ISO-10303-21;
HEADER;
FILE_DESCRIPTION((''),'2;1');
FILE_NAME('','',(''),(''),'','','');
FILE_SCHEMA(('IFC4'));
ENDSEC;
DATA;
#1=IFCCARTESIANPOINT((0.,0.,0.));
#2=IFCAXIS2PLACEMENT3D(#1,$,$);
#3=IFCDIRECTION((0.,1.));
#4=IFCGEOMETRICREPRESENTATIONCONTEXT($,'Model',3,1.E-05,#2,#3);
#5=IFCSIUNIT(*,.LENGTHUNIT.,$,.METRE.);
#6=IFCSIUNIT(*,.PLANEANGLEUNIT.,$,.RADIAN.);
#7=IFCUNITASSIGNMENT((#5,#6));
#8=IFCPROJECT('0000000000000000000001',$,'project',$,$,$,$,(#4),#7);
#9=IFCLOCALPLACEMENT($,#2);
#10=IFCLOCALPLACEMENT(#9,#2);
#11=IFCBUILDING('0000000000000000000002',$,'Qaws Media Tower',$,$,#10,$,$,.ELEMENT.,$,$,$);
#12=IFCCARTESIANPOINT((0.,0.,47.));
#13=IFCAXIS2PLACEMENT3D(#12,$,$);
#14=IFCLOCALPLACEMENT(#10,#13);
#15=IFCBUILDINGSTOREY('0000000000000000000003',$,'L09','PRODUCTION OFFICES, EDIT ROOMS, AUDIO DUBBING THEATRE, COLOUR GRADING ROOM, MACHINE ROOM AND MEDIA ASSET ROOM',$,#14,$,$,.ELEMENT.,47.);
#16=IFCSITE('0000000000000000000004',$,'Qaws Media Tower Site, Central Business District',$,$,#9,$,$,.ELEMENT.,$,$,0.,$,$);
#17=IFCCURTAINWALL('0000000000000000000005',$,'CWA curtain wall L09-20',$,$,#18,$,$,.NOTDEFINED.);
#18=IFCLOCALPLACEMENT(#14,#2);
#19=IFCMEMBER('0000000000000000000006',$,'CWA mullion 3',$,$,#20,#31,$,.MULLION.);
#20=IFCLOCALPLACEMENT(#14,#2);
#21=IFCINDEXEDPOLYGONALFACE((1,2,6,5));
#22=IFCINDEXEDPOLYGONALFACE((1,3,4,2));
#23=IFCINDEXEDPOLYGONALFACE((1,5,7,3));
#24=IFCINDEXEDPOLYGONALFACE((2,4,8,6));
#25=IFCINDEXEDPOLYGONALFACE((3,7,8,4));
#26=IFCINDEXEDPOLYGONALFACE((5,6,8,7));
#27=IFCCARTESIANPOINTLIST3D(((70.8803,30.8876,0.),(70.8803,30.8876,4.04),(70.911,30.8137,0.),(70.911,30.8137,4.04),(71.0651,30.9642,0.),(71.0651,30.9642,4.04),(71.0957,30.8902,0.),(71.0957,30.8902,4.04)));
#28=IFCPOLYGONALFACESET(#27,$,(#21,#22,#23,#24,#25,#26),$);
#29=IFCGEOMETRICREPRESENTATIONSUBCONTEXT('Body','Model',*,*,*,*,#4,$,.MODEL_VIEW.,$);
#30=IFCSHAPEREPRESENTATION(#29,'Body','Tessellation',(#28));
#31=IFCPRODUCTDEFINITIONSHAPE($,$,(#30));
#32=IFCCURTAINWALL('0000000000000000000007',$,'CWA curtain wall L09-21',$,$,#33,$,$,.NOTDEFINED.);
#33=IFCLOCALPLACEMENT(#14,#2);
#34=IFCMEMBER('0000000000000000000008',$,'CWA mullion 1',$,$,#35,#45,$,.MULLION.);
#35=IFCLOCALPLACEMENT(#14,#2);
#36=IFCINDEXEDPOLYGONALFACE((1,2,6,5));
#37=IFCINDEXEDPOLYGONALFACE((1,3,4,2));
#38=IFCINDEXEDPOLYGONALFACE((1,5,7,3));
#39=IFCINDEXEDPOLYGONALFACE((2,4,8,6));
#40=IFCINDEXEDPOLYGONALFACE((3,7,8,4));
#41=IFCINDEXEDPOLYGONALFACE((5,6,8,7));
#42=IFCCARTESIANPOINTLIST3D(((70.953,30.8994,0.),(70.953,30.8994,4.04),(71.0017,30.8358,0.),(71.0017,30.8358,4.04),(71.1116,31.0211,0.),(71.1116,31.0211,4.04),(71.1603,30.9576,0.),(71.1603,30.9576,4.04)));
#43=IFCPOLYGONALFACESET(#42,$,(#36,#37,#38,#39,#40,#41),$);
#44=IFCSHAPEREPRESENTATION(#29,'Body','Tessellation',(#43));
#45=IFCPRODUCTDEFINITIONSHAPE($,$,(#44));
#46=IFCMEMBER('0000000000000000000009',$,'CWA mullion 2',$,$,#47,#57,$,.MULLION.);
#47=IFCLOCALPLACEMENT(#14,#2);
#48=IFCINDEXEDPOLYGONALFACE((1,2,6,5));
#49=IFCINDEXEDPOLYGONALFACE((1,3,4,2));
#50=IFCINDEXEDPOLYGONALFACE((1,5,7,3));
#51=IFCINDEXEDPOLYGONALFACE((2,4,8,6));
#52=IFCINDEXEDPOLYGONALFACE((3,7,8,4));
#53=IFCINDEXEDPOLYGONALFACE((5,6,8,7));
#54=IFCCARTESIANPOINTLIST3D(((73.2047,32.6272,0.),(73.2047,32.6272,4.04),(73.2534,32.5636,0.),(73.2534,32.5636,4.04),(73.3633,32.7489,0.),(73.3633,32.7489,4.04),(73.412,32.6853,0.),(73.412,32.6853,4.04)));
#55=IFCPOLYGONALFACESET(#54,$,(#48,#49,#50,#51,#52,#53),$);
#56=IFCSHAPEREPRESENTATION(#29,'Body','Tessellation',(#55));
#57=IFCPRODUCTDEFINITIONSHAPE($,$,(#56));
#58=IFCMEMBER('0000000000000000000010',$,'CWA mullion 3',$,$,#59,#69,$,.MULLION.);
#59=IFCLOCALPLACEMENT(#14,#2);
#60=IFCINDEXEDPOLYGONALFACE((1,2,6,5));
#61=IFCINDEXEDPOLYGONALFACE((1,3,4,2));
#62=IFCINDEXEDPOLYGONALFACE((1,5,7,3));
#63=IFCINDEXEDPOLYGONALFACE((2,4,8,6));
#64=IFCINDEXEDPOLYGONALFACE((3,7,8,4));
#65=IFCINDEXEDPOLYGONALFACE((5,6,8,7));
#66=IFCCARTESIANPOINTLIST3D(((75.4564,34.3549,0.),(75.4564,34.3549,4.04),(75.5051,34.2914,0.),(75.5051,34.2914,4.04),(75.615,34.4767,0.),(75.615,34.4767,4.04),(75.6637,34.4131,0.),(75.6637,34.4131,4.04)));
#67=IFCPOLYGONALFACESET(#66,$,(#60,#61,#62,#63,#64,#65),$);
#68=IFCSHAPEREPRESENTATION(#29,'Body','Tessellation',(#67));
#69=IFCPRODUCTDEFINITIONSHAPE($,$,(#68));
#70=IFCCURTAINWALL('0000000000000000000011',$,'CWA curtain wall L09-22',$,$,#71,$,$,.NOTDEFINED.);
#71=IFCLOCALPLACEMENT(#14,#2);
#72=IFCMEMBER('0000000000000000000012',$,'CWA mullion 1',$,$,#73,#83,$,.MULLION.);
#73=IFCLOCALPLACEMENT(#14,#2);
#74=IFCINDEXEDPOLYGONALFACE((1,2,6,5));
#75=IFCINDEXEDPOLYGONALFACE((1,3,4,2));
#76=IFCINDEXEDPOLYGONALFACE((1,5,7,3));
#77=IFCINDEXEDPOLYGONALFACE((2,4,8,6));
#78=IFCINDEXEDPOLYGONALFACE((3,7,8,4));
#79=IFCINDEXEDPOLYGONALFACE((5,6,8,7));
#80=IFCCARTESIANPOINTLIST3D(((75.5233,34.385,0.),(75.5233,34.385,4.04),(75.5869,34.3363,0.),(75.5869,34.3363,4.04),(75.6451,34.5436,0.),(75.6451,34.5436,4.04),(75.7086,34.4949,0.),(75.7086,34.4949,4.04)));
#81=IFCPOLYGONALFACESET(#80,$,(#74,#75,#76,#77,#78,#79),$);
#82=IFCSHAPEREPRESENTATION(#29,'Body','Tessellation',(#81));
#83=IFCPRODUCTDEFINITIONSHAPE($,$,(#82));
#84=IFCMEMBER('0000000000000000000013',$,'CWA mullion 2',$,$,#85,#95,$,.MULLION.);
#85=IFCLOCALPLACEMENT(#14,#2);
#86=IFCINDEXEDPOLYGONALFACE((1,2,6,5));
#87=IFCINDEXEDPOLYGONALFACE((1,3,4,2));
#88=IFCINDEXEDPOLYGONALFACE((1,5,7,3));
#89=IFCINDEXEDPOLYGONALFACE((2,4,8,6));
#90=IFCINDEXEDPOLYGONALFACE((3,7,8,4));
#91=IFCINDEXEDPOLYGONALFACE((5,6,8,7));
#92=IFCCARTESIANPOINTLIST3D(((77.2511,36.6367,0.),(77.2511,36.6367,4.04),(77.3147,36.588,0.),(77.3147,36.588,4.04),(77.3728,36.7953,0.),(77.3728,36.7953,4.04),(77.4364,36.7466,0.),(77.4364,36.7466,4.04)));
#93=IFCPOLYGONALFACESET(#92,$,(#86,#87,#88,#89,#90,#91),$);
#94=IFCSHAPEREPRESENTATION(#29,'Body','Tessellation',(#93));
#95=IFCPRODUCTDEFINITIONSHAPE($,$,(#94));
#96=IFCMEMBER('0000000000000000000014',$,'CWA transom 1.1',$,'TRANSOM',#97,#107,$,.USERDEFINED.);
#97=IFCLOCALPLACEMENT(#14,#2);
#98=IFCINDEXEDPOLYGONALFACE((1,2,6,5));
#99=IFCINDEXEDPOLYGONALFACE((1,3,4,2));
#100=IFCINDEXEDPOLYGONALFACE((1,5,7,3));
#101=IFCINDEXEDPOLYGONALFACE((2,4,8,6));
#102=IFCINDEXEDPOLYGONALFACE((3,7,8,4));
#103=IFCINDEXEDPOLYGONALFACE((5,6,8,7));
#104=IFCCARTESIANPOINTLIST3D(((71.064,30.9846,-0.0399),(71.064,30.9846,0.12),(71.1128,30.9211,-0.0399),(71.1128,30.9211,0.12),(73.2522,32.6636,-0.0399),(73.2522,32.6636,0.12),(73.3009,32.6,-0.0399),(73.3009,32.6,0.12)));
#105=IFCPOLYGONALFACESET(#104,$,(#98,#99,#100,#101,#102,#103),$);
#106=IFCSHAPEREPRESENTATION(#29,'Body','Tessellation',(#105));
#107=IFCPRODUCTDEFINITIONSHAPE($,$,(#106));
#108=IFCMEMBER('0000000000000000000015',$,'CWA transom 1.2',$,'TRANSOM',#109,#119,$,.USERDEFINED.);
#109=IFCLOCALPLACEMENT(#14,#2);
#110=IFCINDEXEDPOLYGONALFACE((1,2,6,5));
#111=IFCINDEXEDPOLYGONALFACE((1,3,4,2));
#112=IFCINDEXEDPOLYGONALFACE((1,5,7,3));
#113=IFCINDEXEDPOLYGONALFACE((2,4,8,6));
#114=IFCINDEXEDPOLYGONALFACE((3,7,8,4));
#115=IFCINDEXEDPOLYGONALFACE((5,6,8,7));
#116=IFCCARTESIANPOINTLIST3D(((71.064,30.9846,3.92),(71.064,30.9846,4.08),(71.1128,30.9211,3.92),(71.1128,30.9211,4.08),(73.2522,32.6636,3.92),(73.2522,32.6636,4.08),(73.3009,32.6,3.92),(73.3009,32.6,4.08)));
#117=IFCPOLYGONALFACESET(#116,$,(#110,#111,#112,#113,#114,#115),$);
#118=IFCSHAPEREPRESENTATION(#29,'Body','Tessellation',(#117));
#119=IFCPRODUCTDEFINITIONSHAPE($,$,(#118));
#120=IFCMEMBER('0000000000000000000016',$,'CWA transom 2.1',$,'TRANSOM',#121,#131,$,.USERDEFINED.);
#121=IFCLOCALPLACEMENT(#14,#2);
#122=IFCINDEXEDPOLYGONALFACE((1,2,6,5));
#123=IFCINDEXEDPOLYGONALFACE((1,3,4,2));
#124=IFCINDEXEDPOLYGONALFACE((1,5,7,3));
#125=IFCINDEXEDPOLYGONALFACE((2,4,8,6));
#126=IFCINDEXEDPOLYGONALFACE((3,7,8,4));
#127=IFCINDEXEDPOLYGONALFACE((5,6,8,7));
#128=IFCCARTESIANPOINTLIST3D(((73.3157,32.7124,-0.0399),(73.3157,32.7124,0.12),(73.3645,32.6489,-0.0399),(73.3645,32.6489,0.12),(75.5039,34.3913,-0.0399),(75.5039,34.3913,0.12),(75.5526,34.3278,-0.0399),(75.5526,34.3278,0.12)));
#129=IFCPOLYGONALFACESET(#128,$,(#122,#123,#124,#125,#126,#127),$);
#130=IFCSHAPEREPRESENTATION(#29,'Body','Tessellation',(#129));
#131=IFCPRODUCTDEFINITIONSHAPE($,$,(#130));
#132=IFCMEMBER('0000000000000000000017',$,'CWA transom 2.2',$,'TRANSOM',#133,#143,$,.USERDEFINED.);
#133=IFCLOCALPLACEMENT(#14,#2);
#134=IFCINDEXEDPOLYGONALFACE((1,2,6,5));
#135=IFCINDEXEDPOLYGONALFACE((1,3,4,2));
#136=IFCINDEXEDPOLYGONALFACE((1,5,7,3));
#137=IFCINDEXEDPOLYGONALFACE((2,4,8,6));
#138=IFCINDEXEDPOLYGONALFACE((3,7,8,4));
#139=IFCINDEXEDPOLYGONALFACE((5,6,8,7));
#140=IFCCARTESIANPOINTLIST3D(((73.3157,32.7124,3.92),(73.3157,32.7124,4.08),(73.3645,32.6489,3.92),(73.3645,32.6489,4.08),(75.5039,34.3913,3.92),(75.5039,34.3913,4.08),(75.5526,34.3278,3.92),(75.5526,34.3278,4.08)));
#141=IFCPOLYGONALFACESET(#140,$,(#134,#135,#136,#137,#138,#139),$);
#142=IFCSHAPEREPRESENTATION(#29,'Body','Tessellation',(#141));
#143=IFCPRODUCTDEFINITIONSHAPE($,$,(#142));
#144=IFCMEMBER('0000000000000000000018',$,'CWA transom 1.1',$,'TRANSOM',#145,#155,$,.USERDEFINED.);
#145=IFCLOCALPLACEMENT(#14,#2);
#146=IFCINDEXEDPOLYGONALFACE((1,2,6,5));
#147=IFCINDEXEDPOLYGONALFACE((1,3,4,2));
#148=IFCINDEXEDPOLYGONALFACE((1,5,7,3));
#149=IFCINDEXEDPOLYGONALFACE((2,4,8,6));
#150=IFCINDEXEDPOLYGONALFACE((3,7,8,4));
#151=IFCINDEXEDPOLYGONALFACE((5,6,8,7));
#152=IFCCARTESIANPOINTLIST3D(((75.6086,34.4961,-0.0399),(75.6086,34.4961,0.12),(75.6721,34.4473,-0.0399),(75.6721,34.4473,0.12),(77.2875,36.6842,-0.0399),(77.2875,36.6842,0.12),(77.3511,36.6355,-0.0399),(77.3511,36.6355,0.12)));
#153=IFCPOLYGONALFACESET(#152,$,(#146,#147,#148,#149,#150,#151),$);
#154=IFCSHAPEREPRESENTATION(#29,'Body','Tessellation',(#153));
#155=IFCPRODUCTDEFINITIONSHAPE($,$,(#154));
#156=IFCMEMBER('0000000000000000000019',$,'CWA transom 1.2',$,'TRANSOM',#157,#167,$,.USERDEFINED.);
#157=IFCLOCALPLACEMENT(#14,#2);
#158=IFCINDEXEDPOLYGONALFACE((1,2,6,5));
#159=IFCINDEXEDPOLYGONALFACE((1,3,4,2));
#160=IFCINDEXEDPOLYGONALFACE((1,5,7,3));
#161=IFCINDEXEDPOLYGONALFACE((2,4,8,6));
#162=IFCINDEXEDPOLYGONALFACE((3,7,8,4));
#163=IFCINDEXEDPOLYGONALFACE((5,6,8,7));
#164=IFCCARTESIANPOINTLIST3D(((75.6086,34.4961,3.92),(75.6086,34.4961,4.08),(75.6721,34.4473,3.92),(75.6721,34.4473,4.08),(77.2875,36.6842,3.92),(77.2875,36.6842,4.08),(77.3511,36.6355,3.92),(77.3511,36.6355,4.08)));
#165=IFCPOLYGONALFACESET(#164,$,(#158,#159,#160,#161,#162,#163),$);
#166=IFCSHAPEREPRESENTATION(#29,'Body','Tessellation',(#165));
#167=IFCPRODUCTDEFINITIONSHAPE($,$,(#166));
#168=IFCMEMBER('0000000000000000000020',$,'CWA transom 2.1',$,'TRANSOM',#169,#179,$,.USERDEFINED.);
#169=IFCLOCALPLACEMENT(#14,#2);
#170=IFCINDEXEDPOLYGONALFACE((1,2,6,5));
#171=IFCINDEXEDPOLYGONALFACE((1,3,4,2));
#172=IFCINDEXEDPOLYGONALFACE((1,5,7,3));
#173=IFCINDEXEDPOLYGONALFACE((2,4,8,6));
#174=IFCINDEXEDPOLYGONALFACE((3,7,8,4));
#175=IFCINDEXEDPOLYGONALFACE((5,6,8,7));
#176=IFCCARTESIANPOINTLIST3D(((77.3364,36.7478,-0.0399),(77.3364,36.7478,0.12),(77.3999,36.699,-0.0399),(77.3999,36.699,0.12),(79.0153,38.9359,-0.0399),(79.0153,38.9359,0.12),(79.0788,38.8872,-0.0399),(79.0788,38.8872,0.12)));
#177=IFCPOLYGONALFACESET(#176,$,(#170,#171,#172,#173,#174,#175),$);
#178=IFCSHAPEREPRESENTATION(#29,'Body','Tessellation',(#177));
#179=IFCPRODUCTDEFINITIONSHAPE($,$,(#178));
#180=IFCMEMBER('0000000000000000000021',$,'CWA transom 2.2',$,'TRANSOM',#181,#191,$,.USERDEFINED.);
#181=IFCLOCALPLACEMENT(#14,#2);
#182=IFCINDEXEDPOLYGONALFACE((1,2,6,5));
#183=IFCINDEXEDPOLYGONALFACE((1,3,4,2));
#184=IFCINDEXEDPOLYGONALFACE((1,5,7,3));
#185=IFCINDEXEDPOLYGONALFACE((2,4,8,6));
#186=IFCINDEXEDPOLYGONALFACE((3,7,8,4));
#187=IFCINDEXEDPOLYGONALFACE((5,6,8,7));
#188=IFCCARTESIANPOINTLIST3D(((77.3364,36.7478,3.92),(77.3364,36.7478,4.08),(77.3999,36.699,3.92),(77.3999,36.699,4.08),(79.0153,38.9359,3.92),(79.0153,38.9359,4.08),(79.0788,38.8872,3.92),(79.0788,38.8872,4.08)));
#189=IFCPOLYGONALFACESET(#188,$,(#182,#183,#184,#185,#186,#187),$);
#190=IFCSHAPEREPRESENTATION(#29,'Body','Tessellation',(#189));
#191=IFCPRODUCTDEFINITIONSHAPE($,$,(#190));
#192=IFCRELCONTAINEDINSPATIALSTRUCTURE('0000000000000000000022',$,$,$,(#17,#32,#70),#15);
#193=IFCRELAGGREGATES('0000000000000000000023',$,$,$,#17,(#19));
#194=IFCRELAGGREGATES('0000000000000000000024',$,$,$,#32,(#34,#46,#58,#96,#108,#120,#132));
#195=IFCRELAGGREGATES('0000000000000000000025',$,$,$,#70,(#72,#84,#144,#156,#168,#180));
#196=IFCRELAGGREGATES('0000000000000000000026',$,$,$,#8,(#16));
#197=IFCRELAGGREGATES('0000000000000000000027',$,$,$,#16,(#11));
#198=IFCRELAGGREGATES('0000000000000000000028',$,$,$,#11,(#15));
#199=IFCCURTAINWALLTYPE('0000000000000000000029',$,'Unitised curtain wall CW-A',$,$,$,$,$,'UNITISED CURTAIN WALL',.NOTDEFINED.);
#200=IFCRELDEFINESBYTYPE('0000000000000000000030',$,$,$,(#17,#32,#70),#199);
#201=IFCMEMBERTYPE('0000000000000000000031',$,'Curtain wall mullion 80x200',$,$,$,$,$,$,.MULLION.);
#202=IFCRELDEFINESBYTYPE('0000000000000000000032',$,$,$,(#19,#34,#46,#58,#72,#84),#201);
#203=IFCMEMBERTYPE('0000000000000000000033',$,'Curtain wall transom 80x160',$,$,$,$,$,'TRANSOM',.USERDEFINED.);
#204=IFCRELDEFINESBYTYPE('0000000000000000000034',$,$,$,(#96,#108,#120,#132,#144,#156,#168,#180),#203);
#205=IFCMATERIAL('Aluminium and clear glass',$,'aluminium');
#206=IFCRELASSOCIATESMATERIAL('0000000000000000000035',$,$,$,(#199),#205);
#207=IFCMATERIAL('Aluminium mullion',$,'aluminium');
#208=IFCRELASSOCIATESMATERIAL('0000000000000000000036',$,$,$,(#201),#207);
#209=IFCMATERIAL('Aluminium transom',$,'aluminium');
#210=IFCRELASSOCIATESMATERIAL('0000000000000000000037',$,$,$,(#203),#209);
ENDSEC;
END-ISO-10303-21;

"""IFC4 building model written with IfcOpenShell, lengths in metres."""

from ifc_helpers import new_model, si_unit, direction, frame, origin, origin_2d, place, context, subcontext, project, spatial, rectangle, extrude, material, material_profile, profile_set, type_object, element, aggregate, save


model = new_model("IFC4")

# Units and contexts
model_context = context("Model", 3, precision=1e-05, world=origin(), true_north=direction((0.0, 1.0)))
body_context = subcontext(model_context, "Body", "Model", "MODEL_VIEW")
ifc_project = project(units=[si_unit("LENGTHUNIT", "METRE"), si_unit("PLANEANGLEUNIT", "RADIAN")], contexts=[model_context])

# Site, building, storey
site_placement = place(None, origin())
site = spatial("IfcSite", under=ifc_project, at=site_placement, Name="Qaws Media Tower Site, Central Business District", CompositionType="ELEMENT", RefElevation=0.0)
building_placement = place(site_placement, origin())
building = spatial("IfcBuilding", under=site, at=building_placement, Name="Qaws Media Tower", CompositionType="ELEMENT")
storey_placement = place(building_placement, frame((0.0, 0.0, 47.0)))
storey = spatial("IfcBuildingStorey", under=building, at=storey_placement, Name="L09", Description="PRODUCTION OFFICES, EDIT ROOMS, AUDIO DUBBING THEATRE, COLOUR GRADING ROOM, MACHINE ROOM AND MEDIA ASSET ROOM", CompositionType="ELEMENT", Elevation=47.0)

# Curtain wall, member
ifc_material_1 = material(Name="Aluminium and clear glass", Category="aluminium")
curtain_wall_type = type_object("IfcCurtainWallType", Name="Unitised curtain wall CW-A", ElementType="UNITISED CURTAIN WALL", PredefinedType="NOTDEFINED", material=ifc_material_1)
curtain_wall_1_placement = place(storey_placement, origin())
curtain_wall_1 = element("IfcCurtainWall", 1, at=curtain_wall_1_placement, inside=storey, type_object=curtain_wall_type, Name="CWA curtain wall L09-20", PredefinedType="NOTDEFINED")
ifc_material_2 = material(Name="Aluminium mullion", Category="aluminium")
ifc_material_profile_1 = material_profile(ifc_material_2, rectangle(XDim=0.0801, YDim=0.2, at=origin_2d()), Name="80x200")
ifc_profile_set_1 = profile_set([ifc_material_profile_1], Name="Aluminium mullion")
member_type_1 = type_object("IfcMemberType", Name="Curtain wall mullion 80x200", PredefinedType="MULLION", material=ifc_profile_set_1)
member_1_placement = place(storey_placement, frame((70.988, 30.8889, 0.0), z_axis=(0.0, 0.0, 1.0), x_axis=(-0.382683, 0.92388, 0.0)))
member_1 = element("IfcMember", 2, at=member_1_placement, type_object=member_type_1, Name="CWA mullion 3", PredefinedType="MULLION", context=body_context, shape_type="SweptSolid", body=[
    extrude(rectangle(XDim=0.0801, YDim=0.2, at=origin_2d()), origin(), (0.0, 0.0, 1.0), 4.04),
])

# Curtain walls, members
curtain_wall_2_placement = place(storey_placement, origin())
curtain_wall_2 = element("IfcCurtainWall", 3, at=curtain_wall_2_placement, inside=storey, type_object=curtain_wall_type, Name="CWA curtain wall L09-21", PredefinedType="NOTDEFINED")
member_2_placement = place(storey_placement, frame((71.0566, 30.9285, 0.0), z_axis=(0.0, 0.0, 1.0), x_axis=(-0.608761, 0.793353, 0.0)))
member_2 = element("IfcMember", 4, at=member_2_placement, type_object=member_type_1, Name="CWA mullion 1", PredefinedType="MULLION", context=body_context, shape_type="SweptSolid", body=[
    extrude(rectangle(XDim=0.0801, YDim=0.2, at=origin_2d()), origin(), (0.0, 0.0, 1.0), 4.04),
])
member_3_placement = place(storey_placement, frame((73.3083, 32.6562, 0.0), z_axis=(0.0, 0.0, 1.0), x_axis=(-0.608761, 0.793353, 0.0)))
member_3 = element("IfcMember", 5, at=member_3_placement, type_object=member_type_1, Name="CWA mullion 2", PredefinedType="MULLION", context=body_context, shape_type="SweptSolid", body=[
    extrude(rectangle(XDim=0.0801, YDim=0.2, at=origin_2d()), origin(), (0.0, 0.0, 1.0), 4.04),
])
member_4_placement = place(storey_placement, frame((75.5601, 34.384, 0.0), z_axis=(0.0, 0.0, 1.0), x_axis=(-0.608761, 0.793353, 0.0)))
member_4 = element("IfcMember", 6, at=member_4_placement, type_object=member_type_1, Name="CWA mullion 3", PredefinedType="MULLION", context=body_context, shape_type="SweptSolid", body=[
    extrude(rectangle(XDim=0.0801, YDim=0.2, at=origin_2d()), origin(), (0.0, 0.0, 1.0), 4.04),
])
curtain_wall_3_placement = place(storey_placement, origin())
curtain_wall_3 = element("IfcCurtainWall", 7, at=curtain_wall_3_placement, inside=storey, type_object=curtain_wall_type, Name="CWA curtain wall L09-22", PredefinedType="NOTDEFINED")
member_5_placement = place(storey_placement, frame((75.616, 34.4399, 0.0), z_axis=(0.0, 0.0, 1.0), x_axis=(-0.793353, 0.608761, 0.0)))
member_5 = element("IfcMember", 8, at=member_5_placement, type_object=member_type_1, Name="CWA mullion 1", PredefinedType="MULLION", context=body_context, shape_type="SweptSolid", body=[
    extrude(rectangle(XDim=0.0801, YDim=0.2, at=origin_2d()), origin(), (0.0, 0.0, 1.0), 4.04),
])
member_6_placement = place(storey_placement, frame((77.3438, 36.6917, 0.0), z_axis=(0.0, 0.0, 1.0), x_axis=(-0.793353, 0.608761, 0.0)))
member_6 = element("IfcMember", 9, at=member_6_placement, type_object=member_type_1, Name="CWA mullion 2", PredefinedType="MULLION", context=body_context, shape_type="SweptSolid", body=[
    extrude(rectangle(XDim=0.0801, YDim=0.2, at=origin_2d()), origin(), (0.0, 0.0, 1.0), 4.04),
])

# Members
ifc_material_3 = material(Name="Aluminium transom", Category="aluminium")
ifc_material_profile_2 = material_profile(ifc_material_3, rectangle(XDim=0.0801, YDim=0.1599, at=origin_2d()), Name="80x160")
ifc_profile_set_2 = profile_set([ifc_material_profile_2], Name="Aluminium transom")
member_type_2 = type_object("IfcMemberType", Name="Curtain wall transom 80x160", ElementType="TRANSOM", PredefinedType="USERDEFINED", material=ifc_profile_set_2)
member_7_placement = place(storey_placement, frame((71.0884, 30.9529, 0.04), z_axis=(0.793377, 0.608731, 0.0), x_axis=(-0.608731, 0.793377, 0.0)))
member_7 = element("IfcMember", 10, at=member_7_placement, type_object=member_type_2, Name="CWA transom 1.1", ObjectType="TRANSOM", PredefinedType="USERDEFINED", context=body_context, shape_type="SweptSolid", body=[
    extrude(rectangle(XDim=0.0801, YDim=0.1599, at=origin_2d()), origin(), (0.0, 0.0, 1.0), 2.7581),
])
member_8_placement = place(storey_placement, frame((71.0884, 30.9529, 4.0), z_axis=(0.793377, 0.608731, 0.0), x_axis=(-0.608731, 0.793377, 0.0)))
member_8 = element("IfcMember", 11, at=member_8_placement, type_object=member_type_2, Name="CWA transom 1.2", ObjectType="TRANSOM", PredefinedType="USERDEFINED", context=body_context, shape_type="SweptSolid", body=[
    extrude(rectangle(XDim=0.0801, YDim=0.1599, at=origin_2d()), origin(), (0.0, 0.0, 1.0), 2.7581),
])
member_9_placement = place(storey_placement, frame((73.3401, 32.6807, 0.04), z_axis=(0.793377, 0.608731, 0.0), x_axis=(-0.608731, 0.793377, 0.0)))
member_9 = element("IfcMember", 12, at=member_9_placement, type_object=member_type_2, Name="CWA transom 2.1", ObjectType="TRANSOM", PredefinedType="USERDEFINED", context=body_context, shape_type="SweptSolid", body=[
    extrude(rectangle(XDim=0.0801, YDim=0.1599, at=origin_2d()), origin(), (0.0, 0.0, 1.0), 2.7581),
])
member_10_placement = place(storey_placement, frame((73.3401, 32.6807, 4.0), z_axis=(0.793377, 0.608731, 0.0), x_axis=(-0.608731, 0.793377, 0.0)))
member_10 = element("IfcMember", 13, at=member_10_placement, type_object=member_type_2, Name="CWA transom 2.2", ObjectType="TRANSOM", PredefinedType="USERDEFINED", context=body_context, shape_type="SweptSolid", body=[
    extrude(rectangle(XDim=0.0801, YDim=0.1599, at=origin_2d()), origin(), (0.0, 0.0, 1.0), 2.7581),
])
member_11_placement = place(storey_placement, frame((75.6404, 34.4717, 0.04), z_axis=(0.608731, 0.793377, 0.0), x_axis=(-0.793377, 0.608731, 0.0)))
member_11 = element("IfcMember", 14, at=member_11_placement, type_object=member_type_2, Name="CWA transom 1.1", ObjectType="TRANSOM", PredefinedType="USERDEFINED", context=body_context, shape_type="SweptSolid", body=[
    extrude(rectangle(XDim=0.0801, YDim=0.1599, at=origin_2d()), origin(), (0.0, 0.0, 1.0), 2.7581),
])
member_12_placement = place(storey_placement, frame((75.6404, 34.4717, 4.0), z_axis=(0.608731, 0.793377, 0.0), x_axis=(-0.793377, 0.608731, 0.0)))
member_12 = element("IfcMember", 15, at=member_12_placement, type_object=member_type_2, Name="CWA transom 1.2", ObjectType="TRANSOM", PredefinedType="USERDEFINED", context=body_context, shape_type="SweptSolid", body=[
    extrude(rectangle(XDim=0.0801, YDim=0.1599, at=origin_2d()), origin(), (0.0, 0.0, 1.0), 2.7581),
])
member_13_placement = place(storey_placement, frame((77.3682, 36.7234, 0.04), z_axis=(0.608731, 0.793377, 0.0), x_axis=(-0.793377, 0.608731, 0.0)))
member_13 = element("IfcMember", 16, at=member_13_placement, type_object=member_type_2, Name="CWA transom 2.1", ObjectType="TRANSOM", PredefinedType="USERDEFINED", context=body_context, shape_type="SweptSolid", body=[
    extrude(rectangle(XDim=0.0801, YDim=0.1599, at=origin_2d()), origin(), (0.0, 0.0, 1.0), 2.7581),
])
member_14_placement = place(storey_placement, frame((77.3682, 36.7234, 4.0), z_axis=(0.608731, 0.793377, 0.0), x_axis=(-0.793377, 0.608731, 0.0)))
member_14 = element("IfcMember", 17, at=member_14_placement, type_object=member_type_2, Name="CWA transom 2.2", ObjectType="TRANSOM", PredefinedType="USERDEFINED", context=body_context, shape_type="SweptSolid", body=[
    extrude(rectangle(XDim=0.0801, YDim=0.1599, at=origin_2d()), origin(), (0.0, 0.0, 1.0), 2.7581),
])

aggregate(curtain_wall_1, [member_1])
aggregate(curtain_wall_2, [member_2, member_3, member_4, member_7, member_8, member_9, member_10])
aggregate(curtain_wall_3, [member_5, member_6, member_11, member_12, member_13, member_14])

save(model, "model.ifc")
